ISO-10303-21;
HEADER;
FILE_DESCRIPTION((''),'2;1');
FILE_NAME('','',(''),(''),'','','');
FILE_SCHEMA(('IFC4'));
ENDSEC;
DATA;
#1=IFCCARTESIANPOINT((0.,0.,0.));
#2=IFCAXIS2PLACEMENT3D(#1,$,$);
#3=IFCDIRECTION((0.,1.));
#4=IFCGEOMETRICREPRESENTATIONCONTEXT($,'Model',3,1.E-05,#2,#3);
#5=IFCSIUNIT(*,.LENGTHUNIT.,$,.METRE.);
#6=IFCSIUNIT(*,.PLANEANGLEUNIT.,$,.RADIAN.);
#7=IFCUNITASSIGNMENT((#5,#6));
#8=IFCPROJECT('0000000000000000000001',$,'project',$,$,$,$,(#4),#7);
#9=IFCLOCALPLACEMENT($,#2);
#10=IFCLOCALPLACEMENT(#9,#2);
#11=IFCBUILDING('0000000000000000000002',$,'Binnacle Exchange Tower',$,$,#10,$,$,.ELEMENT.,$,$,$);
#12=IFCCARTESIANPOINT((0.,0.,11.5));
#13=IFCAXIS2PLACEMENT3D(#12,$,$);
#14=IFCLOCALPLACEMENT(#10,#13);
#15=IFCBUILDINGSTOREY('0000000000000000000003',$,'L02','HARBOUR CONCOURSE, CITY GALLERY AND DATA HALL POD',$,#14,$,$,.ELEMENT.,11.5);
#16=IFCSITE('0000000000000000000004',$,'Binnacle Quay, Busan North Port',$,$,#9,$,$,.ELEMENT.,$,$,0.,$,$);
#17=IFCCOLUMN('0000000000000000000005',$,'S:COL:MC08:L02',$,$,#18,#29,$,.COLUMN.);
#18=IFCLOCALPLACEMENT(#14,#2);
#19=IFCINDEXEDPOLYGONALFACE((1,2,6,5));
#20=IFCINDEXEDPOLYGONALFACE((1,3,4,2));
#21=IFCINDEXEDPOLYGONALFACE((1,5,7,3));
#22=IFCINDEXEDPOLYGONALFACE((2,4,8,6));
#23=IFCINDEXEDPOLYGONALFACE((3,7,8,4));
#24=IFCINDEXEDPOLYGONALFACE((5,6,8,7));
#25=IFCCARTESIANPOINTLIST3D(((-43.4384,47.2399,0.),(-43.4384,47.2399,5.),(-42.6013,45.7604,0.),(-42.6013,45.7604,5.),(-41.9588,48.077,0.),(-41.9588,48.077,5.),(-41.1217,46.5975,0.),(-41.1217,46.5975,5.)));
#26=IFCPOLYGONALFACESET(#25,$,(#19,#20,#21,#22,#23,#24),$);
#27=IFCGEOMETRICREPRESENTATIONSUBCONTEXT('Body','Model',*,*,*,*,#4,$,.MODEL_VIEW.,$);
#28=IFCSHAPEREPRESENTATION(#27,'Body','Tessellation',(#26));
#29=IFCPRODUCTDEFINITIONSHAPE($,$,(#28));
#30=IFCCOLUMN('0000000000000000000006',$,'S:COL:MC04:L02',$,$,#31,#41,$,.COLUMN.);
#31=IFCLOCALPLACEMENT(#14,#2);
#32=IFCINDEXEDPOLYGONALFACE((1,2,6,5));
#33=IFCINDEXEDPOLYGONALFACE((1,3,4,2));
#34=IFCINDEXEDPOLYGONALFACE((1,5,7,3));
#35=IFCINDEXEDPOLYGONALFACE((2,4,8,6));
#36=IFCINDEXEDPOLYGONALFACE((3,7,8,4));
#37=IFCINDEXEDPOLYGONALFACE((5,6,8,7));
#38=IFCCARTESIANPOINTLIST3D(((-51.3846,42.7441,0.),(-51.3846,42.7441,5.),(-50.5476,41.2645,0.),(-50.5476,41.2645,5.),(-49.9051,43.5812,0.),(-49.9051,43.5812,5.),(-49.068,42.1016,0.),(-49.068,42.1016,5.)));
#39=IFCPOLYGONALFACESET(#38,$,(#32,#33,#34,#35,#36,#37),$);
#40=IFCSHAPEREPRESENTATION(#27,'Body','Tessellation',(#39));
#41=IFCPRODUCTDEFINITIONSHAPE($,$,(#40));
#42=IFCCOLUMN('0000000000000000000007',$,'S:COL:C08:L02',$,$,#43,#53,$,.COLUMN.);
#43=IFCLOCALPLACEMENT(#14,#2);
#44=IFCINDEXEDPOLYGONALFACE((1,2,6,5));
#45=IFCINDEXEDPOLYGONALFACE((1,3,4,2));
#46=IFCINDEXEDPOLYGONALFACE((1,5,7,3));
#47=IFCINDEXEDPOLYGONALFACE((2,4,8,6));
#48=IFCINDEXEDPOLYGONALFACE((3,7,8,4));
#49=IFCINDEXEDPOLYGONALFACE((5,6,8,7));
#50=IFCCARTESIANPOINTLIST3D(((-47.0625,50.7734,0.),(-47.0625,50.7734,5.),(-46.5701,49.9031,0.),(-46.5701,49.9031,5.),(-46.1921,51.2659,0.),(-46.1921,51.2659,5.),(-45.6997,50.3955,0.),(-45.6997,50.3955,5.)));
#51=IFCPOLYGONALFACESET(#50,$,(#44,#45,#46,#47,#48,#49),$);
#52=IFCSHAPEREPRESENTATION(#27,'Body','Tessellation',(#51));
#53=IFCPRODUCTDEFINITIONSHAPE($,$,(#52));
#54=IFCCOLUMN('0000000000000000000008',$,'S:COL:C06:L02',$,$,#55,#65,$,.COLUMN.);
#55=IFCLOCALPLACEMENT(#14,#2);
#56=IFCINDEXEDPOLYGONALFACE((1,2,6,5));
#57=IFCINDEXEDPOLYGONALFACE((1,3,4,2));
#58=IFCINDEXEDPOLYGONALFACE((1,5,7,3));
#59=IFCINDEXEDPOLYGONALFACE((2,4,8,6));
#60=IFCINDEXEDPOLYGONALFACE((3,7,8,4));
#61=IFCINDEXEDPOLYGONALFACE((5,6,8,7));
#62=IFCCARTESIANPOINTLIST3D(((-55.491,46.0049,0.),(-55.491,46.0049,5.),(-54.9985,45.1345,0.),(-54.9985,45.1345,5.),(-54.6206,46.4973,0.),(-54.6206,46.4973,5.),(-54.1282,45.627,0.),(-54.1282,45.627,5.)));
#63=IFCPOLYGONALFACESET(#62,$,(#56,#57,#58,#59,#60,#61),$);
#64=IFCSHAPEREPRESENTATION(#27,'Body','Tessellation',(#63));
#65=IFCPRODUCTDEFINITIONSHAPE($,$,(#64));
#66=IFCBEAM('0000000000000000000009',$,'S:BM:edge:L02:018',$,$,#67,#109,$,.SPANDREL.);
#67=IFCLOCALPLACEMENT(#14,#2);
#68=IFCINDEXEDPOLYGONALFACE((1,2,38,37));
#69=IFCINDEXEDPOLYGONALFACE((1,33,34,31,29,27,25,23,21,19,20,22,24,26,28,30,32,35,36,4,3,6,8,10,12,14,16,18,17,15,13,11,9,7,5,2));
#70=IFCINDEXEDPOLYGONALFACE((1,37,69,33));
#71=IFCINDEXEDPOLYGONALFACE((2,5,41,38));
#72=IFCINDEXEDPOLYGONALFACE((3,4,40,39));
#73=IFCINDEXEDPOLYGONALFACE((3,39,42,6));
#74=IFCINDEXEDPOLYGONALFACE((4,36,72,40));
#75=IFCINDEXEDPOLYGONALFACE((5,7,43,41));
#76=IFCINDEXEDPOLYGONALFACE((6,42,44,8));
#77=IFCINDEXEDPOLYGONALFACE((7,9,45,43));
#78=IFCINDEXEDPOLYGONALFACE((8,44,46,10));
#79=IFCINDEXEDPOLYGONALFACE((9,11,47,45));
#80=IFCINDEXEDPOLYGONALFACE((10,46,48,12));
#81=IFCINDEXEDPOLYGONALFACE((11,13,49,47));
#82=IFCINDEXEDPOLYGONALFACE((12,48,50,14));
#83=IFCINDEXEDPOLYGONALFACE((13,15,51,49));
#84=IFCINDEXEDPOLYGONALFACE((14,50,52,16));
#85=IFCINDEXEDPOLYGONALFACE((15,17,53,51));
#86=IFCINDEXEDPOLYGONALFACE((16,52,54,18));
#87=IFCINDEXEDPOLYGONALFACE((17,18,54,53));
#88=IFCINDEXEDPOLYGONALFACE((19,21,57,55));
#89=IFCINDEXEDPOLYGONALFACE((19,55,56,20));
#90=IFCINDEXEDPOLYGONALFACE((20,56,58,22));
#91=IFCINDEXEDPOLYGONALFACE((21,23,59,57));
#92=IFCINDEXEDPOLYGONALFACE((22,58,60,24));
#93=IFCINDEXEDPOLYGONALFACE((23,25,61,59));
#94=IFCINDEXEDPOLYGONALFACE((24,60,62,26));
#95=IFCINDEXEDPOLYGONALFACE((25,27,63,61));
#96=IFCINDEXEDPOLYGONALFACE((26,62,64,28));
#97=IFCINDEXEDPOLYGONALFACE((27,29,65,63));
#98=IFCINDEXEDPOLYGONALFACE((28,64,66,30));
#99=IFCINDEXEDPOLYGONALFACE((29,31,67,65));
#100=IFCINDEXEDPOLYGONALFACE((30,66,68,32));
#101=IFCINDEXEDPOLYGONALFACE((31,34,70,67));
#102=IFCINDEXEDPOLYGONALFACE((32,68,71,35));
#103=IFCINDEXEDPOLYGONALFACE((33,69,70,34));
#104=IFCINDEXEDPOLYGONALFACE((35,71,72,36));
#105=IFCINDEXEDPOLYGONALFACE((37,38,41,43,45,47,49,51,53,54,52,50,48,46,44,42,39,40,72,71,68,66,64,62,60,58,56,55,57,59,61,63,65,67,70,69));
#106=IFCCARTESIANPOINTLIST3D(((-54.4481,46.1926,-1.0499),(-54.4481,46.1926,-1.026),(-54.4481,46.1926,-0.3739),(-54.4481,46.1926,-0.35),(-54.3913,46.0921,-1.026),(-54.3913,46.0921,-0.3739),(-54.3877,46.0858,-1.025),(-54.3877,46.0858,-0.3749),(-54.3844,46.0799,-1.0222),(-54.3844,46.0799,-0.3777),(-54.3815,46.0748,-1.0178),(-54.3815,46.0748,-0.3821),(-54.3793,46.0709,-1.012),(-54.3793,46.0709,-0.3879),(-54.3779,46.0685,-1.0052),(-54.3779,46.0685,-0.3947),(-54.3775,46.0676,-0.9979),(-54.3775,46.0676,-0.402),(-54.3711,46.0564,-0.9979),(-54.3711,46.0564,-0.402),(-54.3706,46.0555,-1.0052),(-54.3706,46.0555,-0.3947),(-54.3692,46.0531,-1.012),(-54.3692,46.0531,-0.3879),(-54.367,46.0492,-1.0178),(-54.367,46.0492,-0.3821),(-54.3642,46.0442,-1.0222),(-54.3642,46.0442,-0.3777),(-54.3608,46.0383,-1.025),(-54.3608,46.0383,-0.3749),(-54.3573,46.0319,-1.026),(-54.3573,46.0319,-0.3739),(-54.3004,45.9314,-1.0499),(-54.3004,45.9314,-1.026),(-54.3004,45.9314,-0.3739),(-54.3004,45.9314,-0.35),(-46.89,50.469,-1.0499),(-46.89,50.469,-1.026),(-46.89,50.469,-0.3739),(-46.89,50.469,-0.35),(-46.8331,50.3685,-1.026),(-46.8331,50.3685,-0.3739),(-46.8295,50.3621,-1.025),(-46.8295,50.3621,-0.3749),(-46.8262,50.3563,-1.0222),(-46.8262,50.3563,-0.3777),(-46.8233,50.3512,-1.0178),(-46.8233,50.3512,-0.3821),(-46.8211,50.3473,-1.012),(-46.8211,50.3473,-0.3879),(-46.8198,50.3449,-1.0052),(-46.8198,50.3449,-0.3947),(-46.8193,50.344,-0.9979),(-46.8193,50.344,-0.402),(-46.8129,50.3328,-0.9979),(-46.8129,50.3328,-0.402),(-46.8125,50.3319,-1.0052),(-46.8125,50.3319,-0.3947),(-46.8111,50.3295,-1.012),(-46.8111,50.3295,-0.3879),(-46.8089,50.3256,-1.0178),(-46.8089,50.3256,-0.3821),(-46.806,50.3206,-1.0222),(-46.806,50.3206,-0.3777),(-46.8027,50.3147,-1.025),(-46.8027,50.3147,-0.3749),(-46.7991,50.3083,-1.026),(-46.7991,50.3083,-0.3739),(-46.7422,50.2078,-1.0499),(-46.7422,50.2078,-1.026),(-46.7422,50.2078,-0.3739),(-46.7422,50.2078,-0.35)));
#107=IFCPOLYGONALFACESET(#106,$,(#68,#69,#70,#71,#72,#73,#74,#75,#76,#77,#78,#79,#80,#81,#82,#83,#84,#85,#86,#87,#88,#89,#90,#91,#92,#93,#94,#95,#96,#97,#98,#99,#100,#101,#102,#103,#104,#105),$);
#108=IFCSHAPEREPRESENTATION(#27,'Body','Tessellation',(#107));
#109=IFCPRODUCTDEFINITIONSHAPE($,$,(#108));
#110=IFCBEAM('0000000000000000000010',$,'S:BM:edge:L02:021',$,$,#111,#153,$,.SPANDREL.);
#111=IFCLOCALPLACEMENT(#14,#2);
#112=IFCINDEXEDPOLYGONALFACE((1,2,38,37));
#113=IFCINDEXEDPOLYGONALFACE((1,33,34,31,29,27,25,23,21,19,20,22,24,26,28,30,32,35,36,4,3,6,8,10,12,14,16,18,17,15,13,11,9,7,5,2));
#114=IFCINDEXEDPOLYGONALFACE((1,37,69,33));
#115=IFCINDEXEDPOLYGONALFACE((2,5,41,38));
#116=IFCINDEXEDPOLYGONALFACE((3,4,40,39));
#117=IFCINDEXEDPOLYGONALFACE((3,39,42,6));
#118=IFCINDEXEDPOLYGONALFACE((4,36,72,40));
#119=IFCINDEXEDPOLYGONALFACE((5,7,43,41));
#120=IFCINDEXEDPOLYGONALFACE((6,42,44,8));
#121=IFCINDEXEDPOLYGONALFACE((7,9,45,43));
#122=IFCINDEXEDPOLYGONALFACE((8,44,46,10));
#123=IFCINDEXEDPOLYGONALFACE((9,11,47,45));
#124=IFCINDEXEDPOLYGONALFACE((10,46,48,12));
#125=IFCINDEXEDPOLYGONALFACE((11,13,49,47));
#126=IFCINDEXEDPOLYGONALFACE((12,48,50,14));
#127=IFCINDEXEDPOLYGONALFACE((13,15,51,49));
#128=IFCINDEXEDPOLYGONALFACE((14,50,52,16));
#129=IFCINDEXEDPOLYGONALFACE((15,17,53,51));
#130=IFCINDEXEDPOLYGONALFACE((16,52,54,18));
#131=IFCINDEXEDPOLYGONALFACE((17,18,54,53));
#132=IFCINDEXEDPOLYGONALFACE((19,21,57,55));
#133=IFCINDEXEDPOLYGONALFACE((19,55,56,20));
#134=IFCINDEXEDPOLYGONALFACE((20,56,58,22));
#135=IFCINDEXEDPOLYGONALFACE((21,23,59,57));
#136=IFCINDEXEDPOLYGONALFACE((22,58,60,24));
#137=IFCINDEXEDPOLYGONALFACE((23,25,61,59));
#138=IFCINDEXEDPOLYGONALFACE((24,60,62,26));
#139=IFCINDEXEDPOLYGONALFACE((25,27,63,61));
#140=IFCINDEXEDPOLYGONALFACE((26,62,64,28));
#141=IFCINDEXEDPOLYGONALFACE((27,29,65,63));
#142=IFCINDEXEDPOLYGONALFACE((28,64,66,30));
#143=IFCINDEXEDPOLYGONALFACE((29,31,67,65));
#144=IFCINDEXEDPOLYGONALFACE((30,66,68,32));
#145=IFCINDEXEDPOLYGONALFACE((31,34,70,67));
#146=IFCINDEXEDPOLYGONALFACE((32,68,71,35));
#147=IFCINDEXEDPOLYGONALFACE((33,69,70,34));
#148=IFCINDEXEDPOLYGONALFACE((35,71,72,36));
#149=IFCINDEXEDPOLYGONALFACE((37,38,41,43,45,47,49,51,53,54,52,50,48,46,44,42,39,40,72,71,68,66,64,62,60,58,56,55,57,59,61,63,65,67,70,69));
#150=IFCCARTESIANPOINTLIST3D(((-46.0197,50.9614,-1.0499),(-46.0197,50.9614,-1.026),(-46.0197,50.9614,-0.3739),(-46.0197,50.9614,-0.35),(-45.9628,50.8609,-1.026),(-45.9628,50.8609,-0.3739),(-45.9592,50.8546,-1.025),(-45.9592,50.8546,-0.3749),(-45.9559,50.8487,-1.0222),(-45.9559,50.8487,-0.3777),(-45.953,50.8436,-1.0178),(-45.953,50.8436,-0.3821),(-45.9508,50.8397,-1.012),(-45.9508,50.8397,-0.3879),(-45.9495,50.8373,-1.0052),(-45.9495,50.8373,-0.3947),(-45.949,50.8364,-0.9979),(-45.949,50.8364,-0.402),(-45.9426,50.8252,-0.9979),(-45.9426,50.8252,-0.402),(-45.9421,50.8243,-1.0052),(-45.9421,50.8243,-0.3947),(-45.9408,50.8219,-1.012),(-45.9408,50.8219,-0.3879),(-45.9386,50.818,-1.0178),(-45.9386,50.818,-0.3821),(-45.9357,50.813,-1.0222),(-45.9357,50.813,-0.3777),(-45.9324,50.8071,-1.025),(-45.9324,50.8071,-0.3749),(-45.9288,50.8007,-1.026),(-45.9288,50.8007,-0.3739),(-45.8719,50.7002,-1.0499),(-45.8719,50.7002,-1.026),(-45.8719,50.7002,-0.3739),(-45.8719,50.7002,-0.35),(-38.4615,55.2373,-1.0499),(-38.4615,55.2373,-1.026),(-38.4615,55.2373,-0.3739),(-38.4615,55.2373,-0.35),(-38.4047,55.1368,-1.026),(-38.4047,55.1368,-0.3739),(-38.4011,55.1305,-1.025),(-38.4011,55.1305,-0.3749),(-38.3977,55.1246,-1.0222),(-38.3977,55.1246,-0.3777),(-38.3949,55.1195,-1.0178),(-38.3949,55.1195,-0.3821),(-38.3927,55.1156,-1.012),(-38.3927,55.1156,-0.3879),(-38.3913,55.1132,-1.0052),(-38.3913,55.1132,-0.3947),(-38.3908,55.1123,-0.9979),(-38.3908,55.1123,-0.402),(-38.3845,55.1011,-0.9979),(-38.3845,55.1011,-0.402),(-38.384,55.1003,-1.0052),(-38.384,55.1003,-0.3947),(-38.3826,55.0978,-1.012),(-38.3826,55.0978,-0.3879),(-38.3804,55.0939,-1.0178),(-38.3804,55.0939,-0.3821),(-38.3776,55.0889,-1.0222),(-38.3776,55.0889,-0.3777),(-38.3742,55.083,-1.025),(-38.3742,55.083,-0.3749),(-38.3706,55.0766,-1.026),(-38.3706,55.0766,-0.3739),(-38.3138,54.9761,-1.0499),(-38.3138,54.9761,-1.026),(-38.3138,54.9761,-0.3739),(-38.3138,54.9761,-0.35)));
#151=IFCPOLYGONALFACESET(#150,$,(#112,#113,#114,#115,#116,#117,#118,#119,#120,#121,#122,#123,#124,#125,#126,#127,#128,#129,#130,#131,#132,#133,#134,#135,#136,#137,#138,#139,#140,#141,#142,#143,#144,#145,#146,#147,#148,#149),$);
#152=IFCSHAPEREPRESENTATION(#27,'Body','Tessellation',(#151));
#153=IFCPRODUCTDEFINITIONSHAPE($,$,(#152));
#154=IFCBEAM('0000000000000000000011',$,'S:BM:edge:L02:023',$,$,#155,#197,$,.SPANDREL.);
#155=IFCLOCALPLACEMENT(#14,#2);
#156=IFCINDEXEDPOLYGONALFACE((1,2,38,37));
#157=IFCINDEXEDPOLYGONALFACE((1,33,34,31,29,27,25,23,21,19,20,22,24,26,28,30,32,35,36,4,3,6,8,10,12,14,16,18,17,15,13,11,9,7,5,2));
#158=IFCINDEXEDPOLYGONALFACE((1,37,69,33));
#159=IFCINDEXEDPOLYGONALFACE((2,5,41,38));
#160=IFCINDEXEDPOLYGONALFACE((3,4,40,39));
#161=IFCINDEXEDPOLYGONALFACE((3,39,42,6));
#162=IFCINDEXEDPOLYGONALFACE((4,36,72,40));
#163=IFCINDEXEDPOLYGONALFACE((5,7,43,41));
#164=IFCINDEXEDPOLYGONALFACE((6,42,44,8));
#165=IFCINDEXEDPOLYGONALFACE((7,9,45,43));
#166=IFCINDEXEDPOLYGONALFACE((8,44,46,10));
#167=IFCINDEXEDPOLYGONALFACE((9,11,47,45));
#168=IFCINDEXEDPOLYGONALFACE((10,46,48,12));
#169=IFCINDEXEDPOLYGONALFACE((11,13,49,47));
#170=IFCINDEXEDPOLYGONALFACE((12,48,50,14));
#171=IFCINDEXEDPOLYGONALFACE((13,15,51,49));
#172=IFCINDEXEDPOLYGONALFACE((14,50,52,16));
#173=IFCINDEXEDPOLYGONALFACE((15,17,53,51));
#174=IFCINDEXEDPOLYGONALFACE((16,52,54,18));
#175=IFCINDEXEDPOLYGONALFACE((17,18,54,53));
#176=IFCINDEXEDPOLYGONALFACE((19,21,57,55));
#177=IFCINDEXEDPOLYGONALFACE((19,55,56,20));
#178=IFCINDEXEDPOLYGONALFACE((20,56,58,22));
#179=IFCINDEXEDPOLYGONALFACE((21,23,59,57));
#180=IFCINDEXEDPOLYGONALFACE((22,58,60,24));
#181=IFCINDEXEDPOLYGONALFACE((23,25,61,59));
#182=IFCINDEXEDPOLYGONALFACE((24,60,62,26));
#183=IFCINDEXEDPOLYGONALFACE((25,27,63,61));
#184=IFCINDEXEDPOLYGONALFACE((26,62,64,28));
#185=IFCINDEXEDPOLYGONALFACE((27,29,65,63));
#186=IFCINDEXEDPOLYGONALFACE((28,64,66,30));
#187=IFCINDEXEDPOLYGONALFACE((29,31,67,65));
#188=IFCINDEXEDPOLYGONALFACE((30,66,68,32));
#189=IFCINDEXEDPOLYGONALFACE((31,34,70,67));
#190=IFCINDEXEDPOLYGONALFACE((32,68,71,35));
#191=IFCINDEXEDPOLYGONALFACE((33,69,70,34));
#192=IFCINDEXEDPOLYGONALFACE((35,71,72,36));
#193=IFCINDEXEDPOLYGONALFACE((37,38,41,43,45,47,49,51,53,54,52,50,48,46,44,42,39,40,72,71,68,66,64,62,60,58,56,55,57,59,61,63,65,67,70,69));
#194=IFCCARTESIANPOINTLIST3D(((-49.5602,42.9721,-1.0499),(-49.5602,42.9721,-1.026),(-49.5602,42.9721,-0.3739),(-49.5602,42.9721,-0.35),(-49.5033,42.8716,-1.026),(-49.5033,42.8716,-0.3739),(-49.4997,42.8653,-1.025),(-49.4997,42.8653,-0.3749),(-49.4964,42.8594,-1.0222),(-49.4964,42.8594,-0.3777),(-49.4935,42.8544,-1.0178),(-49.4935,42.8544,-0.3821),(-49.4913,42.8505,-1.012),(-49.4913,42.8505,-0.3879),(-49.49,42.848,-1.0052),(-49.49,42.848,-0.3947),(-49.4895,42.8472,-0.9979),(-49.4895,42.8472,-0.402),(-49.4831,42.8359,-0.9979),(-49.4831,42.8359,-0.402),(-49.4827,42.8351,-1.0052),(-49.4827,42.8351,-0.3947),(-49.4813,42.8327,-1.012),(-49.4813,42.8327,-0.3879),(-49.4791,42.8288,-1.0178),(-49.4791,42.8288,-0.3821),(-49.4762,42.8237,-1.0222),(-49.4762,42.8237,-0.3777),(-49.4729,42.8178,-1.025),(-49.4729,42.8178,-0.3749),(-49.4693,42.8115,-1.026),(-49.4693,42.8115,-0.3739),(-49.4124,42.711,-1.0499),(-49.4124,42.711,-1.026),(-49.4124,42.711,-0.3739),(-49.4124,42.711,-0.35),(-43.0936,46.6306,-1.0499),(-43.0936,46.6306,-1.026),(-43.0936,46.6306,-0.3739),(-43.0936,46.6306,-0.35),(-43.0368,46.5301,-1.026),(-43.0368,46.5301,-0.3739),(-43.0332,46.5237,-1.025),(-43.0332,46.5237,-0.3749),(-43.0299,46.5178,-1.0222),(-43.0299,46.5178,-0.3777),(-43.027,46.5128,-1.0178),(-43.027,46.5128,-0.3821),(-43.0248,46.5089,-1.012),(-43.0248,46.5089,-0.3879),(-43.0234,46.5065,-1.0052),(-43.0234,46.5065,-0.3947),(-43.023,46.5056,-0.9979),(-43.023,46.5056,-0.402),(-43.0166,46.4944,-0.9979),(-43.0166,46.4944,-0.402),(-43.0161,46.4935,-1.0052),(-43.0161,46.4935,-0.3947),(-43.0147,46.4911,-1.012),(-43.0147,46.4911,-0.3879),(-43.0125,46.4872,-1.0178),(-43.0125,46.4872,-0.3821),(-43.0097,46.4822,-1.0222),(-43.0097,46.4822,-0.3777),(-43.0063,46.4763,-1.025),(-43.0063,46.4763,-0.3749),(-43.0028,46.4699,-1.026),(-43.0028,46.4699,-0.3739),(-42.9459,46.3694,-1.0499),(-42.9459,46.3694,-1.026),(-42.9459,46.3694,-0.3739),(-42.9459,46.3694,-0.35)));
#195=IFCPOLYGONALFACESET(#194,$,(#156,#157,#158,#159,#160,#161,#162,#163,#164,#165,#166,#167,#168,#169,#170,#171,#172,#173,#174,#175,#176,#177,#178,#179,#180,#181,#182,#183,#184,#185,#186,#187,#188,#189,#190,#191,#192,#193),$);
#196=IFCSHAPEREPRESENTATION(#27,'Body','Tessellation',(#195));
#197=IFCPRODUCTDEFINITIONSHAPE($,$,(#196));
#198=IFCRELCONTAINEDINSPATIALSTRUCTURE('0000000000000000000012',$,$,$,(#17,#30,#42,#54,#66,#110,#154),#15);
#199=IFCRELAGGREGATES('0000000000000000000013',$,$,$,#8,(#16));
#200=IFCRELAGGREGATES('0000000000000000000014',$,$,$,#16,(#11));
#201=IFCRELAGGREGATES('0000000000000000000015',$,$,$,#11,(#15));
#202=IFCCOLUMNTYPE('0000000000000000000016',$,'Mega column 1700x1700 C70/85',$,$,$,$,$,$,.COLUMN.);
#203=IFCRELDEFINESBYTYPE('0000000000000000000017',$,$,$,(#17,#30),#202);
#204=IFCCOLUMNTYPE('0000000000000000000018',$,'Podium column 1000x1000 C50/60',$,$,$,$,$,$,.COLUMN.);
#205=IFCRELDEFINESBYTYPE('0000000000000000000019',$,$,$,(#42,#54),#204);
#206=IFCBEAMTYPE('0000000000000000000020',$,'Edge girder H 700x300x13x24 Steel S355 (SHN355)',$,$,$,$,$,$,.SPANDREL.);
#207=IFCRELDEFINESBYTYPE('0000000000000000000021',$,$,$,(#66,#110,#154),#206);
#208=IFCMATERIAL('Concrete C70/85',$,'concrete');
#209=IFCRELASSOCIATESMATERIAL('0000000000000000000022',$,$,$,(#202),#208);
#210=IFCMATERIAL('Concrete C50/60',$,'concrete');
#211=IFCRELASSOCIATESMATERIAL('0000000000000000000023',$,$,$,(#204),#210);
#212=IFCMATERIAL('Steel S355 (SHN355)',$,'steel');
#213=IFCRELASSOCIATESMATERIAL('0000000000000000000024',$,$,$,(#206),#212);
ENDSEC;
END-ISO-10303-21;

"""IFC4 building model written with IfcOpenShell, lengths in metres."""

from ifc_helpers import new_model, si_unit, direction, frame, origin, origin_2d, place, context, subcontext, project, spatial, rectangle, i_section, extrude, material, material_profile, profile_set, type_object, element, save


model = new_model("IFC4")

# Units and contexts
model_context = context("Model", 3, precision=1e-05, world=origin(), true_north=direction((0.0, 1.0)))
body_context = subcontext(model_context, "Body", "Model", "MODEL_VIEW")
ifc_project = project(units=[si_unit("LENGTHUNIT", "METRE"), si_unit("PLANEANGLEUNIT", "RADIAN")], contexts=[model_context])

# Site, building, storey
site_placement = place(None, origin())
site = spatial("IfcSite", under=ifc_project, at=site_placement, Name="Binnacle Quay, Busan North Port", CompositionType="ELEMENT", RefElevation=0.0)
building_placement = place(site_placement, origin())
building = spatial("IfcBuilding", under=site, at=building_placement, Name="Binnacle Exchange Tower", CompositionType="ELEMENT")
storey_placement = place(building_placement, frame((0.0, 0.0, 11.5)))
storey = spatial("IfcBuildingStorey", under=building, at=storey_placement, Name="L02", Description="HARBOUR CONCOURSE, CITY GALLERY AND DATA HALL POD", CompositionType="ELEMENT", Elevation=11.5)

# Columns
ifc_material_1 = material(Name="Concrete C70/85", Category="concrete")
ifc_material_profile_1 = material_profile(ifc_material_1, rectangle(XDim=1.7, YDim=1.7, at=origin_2d()), Name="Mega column 1700x1700 C70/85")
ifc_profile_set_1 = profile_set([ifc_material_profile_1], Name="Concrete C70/85")
column_type_1 = type_object("IfcColumnType", Name="Mega column 1700x1700 C70/85", PredefinedType="COLUMN", material=ifc_profile_set_1)
for number, where, z_axis, x_axis, name in (
    (1, (-42.28, 46.9187, 0.0), (0.0, 0.0, 1.0), (-0.870356, -0.492424, 0.0), "S:COL:MC08:L02"),
    (2, (-50.2263, 42.4229, 0.0), (0.0, 0.0, 1.0), (-0.870356, -0.492424, 0.0), "S:COL:MC04:L02"),
):
    element("IfcColumn", number, at=place(storey_placement, frame(where, z_axis=z_axis, x_axis=x_axis)), inside=storey, type_object=column_type_1, Name=name, PredefinedType="COLUMN", context=body_context, shape_type="SweptSolid", body=[
        extrude(rectangle(XDim=1.7, YDim=1.7, at=origin_2d()), origin(), (0.0, 0.0, 1.0), 5.0),
    ])
ifc_material_2 = material(Name="Concrete C50/60", Category="concrete")
ifc_material_profile_2 = material_profile(ifc_material_2, rectangle(XDim=1.0, YDim=1.0, at=origin_2d()), Name="Podium column 1000x1000 C50/60")
ifc_profile_set_2 = profile_set([ifc_material_profile_2], Name="Concrete C50/60")
column_type_2 = type_object("IfcColumnType", Name="Podium column 1000x1000 C50/60", PredefinedType="COLUMN", material=ifc_profile_set_2)
for number, where, z_axis, x_axis, name in (
    (3, (-46.3811, 50.5845, 0.0), (0.0, 0.0, 1.0), (-0.870356, -0.492424, 0.0), "S:COL:C08:L02"),
    (4, (-54.8096, 45.8159, 0.0), (0.0, 0.0, 1.0), (-0.870356, -0.492424, 0.0), "S:COL:C06:L02"),
):
    element("IfcColumn", number, at=place(storey_placement, frame(where, z_axis=z_axis, x_axis=x_axis)), inside=storey, type_object=column_type_2, Name=name, PredefinedType="COLUMN", context=body_context, shape_type="SweptSolid", body=[
        extrude(rectangle(XDim=1.0, YDim=1.0, at=origin_2d()), origin(), (0.0, 0.0, 1.0), 5.0),
    ])

# Beams
ifc_material_3 = material(Name="Steel S355 (SHN355)", Category="steel")
ifc_material_profile_3 = material_profile(ifc_material_3, i_section(OverallWidth=0.3, OverallDepth=0.7, WebThickness=0.0129, FlangeThickness=0.0239, FilletRadius=0.0281, at=origin_2d()), Name="H 700x300x13x24")
ifc_profile_set_3 = profile_set([ifc_material_profile_3], Name="Steel S355 (SHN355)")
beam_type_1 = type_object("IfcBeamType", Name="Edge girder H 700x300x13x24 Steel S355 (SHN355)", PredefinedType="SPANDREL", material=ifc_profile_set_3)
beam_1_placement = place(storey_placement, frame((-54.3743, 46.062, -0.7), z_axis=(0.870346, 0.492441, 0.0), x_axis=(-0.492441, 0.870346, 0.0)))
element("IfcBeam", 5, at=beam_1_placement, inside=storey, type_object=beam_type_1, Name="S:BM:edge:L02:018", PredefinedType="SPANDREL", context=body_context, shape_type="SweptSolid", body=[
    extrude(i_section(OverallWidth=0.3, OverallDepth=0.7, WebThickness=0.0129, FlangeThickness=0.0239, FilletRadius=0.0281, at=origin_2d()), origin(), (0.0, 0.0, 1.0), 8.6841),
])
beam_2_placement = place(storey_placement, frame((-45.9458, 50.8308, -0.7), z_axis=(0.87037, 0.492398, 0.0), x_axis=(-0.492398, 0.87037, 0.0)))
element("IfcBeam", 6, at=beam_2_placement, inside=storey, type_object=beam_type_1, Name="S:BM:edge:L02:021", PredefinedType="SPANDREL", context=body_context, shape_type="SweptSolid", body=[
    extrude(i_section(OverallWidth=0.3, OverallDepth=0.7, WebThickness=0.0129, FlangeThickness=0.0239, FilletRadius=0.0281, at=origin_2d()), origin(), (0.0, 0.0, 1.0), 8.6838),
])
beam_3_placement = place(storey_placement, frame((-43.0198, 46.5, -0.7), z_axis=(-0.870364, -0.492408, 0.0), x_axis=(0.492408, -0.870364, 0.0)))
element("IfcBeam", 7, at=beam_3_placement, inside=storey, type_object=beam_type_1, Name="S:BM:edge:L02:023", PredefinedType="SPANDREL", context=body_context, shape_type="SweptSolid", body=[
    extrude(i_section(OverallWidth=0.3, OverallDepth=0.7, WebThickness=0.0129, FlangeThickness=0.0239, FilletRadius=0.0281, at=origin_2d()), origin(), (0.0, 0.0, 1.0), 7.4297),
])

save(model, "model.ifc")
